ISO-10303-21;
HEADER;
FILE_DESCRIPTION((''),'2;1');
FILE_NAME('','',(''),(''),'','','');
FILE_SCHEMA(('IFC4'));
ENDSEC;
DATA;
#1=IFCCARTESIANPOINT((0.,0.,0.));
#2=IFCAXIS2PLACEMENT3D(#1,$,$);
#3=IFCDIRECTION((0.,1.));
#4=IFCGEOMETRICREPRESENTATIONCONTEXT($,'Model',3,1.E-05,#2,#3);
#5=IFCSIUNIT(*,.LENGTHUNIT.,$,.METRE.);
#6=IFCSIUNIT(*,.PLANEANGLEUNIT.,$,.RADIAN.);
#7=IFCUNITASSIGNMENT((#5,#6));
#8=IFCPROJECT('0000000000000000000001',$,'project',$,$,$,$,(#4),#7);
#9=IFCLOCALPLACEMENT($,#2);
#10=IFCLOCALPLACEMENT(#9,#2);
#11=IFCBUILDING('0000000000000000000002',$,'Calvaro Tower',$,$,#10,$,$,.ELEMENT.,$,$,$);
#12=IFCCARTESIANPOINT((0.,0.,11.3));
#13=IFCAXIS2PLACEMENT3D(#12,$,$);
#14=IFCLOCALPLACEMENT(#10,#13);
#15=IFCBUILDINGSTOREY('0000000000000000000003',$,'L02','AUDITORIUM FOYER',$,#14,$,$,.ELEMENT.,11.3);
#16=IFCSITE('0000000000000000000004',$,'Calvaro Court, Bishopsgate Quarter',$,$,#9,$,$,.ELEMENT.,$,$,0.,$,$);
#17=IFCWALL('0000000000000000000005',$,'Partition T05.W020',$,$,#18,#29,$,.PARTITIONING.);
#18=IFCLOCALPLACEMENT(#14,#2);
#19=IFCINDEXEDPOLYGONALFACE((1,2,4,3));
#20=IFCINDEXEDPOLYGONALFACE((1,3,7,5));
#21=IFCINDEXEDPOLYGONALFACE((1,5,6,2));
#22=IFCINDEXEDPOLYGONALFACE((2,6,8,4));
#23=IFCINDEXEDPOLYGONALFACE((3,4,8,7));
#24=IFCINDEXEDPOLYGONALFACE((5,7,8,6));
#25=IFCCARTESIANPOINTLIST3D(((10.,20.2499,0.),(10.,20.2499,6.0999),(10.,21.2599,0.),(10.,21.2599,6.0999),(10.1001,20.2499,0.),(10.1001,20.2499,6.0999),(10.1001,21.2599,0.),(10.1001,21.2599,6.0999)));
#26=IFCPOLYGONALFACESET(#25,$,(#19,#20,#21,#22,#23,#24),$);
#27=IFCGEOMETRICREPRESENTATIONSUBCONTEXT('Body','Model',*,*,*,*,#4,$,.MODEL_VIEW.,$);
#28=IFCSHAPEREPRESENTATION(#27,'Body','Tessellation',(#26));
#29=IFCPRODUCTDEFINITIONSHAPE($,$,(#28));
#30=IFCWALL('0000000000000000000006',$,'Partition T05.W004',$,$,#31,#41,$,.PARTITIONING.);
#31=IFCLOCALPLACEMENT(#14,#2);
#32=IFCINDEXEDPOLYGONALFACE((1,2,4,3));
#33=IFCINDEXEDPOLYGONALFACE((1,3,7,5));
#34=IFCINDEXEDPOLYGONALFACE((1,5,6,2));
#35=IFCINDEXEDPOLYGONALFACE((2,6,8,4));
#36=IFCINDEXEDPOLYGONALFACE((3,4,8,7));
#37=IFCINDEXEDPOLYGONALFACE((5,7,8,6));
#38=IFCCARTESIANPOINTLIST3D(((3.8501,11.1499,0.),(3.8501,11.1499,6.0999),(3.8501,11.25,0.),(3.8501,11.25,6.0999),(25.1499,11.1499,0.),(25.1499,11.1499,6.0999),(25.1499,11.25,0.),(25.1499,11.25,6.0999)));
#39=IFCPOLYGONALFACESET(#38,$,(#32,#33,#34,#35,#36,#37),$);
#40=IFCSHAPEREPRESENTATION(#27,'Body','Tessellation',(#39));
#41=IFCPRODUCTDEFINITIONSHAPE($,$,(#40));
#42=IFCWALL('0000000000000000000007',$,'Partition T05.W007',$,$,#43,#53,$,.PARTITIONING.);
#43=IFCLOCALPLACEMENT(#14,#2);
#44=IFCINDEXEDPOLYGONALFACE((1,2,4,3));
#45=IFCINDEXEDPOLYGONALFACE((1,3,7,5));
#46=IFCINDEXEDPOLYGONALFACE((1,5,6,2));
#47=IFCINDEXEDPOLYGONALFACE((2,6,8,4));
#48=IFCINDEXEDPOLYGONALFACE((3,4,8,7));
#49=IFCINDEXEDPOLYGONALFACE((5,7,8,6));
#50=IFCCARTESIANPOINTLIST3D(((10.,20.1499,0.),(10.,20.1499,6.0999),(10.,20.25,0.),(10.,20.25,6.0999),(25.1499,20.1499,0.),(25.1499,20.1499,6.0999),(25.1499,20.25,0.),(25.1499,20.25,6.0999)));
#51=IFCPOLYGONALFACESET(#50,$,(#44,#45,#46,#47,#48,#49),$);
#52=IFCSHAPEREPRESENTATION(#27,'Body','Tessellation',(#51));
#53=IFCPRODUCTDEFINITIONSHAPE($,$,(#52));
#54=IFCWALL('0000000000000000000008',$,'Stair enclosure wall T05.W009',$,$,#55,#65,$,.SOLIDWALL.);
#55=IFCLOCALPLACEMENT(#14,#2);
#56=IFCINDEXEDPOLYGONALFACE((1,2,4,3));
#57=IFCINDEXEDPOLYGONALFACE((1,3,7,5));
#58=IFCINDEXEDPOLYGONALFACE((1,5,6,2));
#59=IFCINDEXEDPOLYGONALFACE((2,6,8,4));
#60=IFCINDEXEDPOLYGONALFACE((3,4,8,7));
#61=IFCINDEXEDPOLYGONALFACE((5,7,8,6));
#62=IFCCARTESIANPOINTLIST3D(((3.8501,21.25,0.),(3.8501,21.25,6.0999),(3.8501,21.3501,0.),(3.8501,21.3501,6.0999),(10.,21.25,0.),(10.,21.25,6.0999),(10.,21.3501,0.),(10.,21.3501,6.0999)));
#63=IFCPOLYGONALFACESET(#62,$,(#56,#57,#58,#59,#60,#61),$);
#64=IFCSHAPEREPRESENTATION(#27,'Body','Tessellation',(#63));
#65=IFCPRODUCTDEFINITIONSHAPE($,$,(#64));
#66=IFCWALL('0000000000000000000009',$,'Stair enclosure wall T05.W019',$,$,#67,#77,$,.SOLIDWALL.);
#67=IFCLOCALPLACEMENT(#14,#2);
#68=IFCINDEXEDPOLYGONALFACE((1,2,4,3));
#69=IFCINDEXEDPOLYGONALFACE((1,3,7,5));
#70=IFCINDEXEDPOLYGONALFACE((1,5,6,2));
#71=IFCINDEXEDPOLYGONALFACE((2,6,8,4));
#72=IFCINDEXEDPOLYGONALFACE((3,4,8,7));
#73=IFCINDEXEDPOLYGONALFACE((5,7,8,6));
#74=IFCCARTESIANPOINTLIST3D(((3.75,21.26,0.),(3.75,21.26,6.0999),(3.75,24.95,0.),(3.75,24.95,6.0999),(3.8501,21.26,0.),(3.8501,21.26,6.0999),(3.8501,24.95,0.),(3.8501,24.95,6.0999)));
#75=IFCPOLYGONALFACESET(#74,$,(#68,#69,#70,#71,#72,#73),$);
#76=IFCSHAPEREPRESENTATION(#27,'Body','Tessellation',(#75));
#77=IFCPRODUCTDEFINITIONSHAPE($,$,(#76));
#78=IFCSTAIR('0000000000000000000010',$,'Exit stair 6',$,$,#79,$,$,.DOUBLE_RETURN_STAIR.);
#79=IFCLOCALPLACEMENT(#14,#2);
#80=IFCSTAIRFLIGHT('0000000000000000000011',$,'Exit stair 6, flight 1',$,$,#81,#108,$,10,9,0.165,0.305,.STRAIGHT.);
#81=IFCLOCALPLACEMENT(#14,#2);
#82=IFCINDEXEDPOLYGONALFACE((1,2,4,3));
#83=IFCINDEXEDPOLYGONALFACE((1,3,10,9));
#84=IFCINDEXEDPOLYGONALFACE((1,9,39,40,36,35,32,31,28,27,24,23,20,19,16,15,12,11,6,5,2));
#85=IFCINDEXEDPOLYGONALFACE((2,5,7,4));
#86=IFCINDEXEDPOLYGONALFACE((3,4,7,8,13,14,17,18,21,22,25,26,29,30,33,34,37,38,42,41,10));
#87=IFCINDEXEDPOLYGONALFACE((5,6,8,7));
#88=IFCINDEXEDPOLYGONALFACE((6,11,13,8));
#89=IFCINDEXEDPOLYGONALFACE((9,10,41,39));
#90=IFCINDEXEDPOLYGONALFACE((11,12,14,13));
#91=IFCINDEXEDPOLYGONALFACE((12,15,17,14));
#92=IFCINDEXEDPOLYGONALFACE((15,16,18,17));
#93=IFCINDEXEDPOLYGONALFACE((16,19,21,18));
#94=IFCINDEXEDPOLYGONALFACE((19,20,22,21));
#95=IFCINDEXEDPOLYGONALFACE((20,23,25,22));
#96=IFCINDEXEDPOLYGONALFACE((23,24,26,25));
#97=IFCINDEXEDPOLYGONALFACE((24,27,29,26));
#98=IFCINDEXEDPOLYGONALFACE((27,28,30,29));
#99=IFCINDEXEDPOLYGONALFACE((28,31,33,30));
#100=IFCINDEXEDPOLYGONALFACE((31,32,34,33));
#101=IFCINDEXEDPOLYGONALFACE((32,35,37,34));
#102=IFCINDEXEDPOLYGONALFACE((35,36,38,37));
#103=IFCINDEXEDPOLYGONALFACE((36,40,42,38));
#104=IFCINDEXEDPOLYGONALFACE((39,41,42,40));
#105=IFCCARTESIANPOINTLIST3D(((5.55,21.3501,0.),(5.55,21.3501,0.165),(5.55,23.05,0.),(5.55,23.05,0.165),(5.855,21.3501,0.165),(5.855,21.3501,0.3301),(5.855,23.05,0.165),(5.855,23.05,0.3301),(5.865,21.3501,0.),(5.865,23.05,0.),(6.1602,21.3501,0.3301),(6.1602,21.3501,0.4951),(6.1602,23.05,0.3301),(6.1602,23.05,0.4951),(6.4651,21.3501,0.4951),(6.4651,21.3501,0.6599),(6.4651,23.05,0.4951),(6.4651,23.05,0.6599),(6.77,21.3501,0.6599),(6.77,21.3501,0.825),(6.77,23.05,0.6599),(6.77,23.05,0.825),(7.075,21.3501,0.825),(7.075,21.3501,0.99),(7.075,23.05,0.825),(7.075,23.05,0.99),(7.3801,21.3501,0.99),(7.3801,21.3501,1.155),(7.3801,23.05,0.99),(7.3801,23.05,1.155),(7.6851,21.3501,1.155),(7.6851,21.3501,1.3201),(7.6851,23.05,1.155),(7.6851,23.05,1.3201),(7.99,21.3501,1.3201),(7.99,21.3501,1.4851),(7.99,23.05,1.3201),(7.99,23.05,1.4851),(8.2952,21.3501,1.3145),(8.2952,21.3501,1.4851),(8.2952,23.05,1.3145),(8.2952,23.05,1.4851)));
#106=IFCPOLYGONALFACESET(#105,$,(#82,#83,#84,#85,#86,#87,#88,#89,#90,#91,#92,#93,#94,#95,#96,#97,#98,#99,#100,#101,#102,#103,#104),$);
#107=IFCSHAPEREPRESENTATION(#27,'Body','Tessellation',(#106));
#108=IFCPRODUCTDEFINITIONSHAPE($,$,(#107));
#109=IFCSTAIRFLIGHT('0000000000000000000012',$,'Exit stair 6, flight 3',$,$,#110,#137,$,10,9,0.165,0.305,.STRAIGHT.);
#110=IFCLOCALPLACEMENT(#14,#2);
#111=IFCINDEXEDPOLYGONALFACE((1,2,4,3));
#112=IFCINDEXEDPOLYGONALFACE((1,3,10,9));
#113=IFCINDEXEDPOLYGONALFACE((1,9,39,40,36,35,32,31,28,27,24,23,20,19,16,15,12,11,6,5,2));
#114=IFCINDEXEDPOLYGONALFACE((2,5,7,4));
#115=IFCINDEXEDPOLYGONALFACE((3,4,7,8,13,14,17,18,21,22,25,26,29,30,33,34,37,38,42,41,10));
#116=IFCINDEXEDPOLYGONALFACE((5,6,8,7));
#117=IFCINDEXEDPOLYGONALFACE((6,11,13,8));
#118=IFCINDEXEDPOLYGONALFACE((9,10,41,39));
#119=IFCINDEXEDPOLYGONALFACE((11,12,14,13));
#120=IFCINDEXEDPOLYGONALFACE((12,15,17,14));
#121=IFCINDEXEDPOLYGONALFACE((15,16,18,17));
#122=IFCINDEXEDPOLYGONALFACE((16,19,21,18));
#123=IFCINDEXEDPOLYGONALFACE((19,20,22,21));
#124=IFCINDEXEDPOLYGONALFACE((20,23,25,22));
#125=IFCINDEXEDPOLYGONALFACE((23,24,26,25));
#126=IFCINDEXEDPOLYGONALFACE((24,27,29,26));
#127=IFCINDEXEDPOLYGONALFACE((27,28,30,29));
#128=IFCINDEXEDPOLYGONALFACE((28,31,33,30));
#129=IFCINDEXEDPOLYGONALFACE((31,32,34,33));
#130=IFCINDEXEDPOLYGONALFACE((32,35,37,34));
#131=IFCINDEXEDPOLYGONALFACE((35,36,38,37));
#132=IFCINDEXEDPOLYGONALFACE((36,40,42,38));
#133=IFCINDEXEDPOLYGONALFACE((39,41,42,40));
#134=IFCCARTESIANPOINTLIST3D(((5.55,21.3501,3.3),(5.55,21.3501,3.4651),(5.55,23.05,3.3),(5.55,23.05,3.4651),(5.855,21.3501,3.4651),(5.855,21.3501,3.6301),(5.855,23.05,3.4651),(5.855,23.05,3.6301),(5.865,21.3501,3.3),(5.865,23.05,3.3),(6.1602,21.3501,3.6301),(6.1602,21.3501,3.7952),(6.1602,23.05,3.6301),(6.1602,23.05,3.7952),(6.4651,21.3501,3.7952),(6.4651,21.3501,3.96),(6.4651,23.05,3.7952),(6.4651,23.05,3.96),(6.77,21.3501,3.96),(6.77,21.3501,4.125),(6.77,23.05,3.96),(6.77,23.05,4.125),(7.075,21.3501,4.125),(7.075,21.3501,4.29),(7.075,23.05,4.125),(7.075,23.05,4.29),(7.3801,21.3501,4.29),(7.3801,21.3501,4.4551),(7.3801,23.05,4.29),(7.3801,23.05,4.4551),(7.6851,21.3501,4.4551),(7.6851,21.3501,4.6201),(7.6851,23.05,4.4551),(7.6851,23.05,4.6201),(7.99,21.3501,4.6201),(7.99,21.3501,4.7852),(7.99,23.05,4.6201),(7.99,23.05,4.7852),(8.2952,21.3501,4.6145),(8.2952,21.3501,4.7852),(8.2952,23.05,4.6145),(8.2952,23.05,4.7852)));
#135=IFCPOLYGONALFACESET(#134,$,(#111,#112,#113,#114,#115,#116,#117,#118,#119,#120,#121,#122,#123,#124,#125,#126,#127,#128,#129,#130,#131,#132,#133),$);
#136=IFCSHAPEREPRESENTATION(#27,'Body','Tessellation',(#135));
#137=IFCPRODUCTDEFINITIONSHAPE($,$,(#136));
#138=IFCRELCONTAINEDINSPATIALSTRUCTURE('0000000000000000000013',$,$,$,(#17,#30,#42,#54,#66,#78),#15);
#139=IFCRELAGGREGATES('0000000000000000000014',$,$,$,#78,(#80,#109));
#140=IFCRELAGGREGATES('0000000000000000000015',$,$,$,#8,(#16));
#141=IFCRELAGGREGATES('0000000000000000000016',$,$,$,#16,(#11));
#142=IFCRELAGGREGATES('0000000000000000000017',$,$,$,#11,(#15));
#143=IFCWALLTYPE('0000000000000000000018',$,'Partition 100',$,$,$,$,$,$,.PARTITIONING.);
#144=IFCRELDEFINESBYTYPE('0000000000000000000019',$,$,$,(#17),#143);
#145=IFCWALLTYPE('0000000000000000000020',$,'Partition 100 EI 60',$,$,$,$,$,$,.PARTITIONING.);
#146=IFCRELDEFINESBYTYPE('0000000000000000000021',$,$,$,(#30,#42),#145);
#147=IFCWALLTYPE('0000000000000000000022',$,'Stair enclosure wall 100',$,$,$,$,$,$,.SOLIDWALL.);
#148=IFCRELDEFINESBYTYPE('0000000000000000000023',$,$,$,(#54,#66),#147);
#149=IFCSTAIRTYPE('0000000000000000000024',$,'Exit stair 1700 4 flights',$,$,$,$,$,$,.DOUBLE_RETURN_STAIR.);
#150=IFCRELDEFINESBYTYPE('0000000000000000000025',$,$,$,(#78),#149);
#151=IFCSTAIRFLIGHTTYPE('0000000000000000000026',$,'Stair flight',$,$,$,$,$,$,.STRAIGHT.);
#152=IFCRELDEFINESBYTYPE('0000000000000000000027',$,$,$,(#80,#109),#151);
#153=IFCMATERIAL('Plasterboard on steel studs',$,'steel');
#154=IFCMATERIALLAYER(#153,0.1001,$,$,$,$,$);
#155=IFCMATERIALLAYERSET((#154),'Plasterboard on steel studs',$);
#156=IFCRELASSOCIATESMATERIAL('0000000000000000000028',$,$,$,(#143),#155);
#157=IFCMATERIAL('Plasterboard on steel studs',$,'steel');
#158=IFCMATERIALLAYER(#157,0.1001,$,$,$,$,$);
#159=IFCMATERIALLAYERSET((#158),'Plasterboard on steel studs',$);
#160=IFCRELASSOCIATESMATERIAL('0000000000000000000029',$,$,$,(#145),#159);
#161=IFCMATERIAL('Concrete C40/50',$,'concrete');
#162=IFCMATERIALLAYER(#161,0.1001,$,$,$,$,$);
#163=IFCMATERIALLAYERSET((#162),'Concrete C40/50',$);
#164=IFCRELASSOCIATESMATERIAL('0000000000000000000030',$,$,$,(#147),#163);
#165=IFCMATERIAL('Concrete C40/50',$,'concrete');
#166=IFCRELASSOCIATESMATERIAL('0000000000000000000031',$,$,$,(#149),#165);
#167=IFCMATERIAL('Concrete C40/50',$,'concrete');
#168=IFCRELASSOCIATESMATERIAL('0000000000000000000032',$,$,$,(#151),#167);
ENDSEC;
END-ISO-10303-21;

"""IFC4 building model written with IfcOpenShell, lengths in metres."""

from ifc_helpers import new_model, si_unit, direction, frame, frame_2d, origin, place, context, subcontext, project, spatial, polyline, rectangle, outline, extrude, material, layer, layer_set, type_object, element, aggregate, save


model = new_model("IFC4")

# Units and contexts
model_context = context("Model", 3, precision=1e-05, world=origin(), true_north=direction((0.0, 1.0)))
body_context = subcontext(model_context, "Body", "Model", "MODEL_VIEW")
ifc_project = project(units=[si_unit("LENGTHUNIT", "METRE"), si_unit("PLANEANGLEUNIT", "RADIAN")], contexts=[model_context])

# Site, building, storey
site_placement = place(None, origin())
site = spatial("IfcSite", under=ifc_project, at=site_placement, Name="Calvaro Court, Bishopsgate Quarter", CompositionType="ELEMENT", RefElevation=0.0)
building_placement = place(site_placement, origin())
building = spatial("IfcBuilding", under=site, at=building_placement, Name="Calvaro Tower", CompositionType="ELEMENT")
storey_placement = place(building_placement, frame((0.0, 0.0, 11.3)))
storey = spatial("IfcBuildingStorey", under=building, at=storey_placement, Name="L02", Description="AUDITORIUM FOYER", CompositionType="ELEMENT", Elevation=11.3)

# Walls
ifc_material_1 = material(Name="Plasterboard on steel studs", Category="steel")
ifc_layer_1 = layer(ifc_material_1, 0.1001)
ifc_layer_set_1 = layer_set([ifc_layer_1], Name="Plasterboard on steel studs")
wall_type_1 = type_object("IfcWallType", Name="Partition 100", PredefinedType="PARTITIONING", material=ifc_layer_set_1)
wall_1_placement = place(storey_placement, frame((10.05, 20.25, 0.0), z_axis=(0.0, 0.0, 1.0), x_axis=(0.0, 1.0, 0.0)))
element("IfcWall", 1, at=wall_1_placement, inside=storey, type_object=wall_type_1, Name="Partition T05.W020", PredefinedType="PARTITIONING", context=body_context, shape_type="SweptSolid", body=[
    extrude(rectangle(XDim=1.01, YDim=0.1001, at=frame_2d((0.5049, 0.0))), origin(), (0.0, 0.0, 1.0), 6.0999),
])
ifc_material_2 = material(Name="Plasterboard on steel studs", Category="steel")
ifc_layer_2 = layer(ifc_material_2, 0.1001)
ifc_layer_set_2 = layer_set([ifc_layer_2], Name="Plasterboard on steel studs")
wall_type_2 = type_object("IfcWallType", Name="Partition 100 EI 60", PredefinedType="PARTITIONING", material=ifc_layer_set_2)
wall_2_placement = place(storey_placement, frame((3.8501, 11.2, 0.0), z_axis=(0.0, 0.0, 1.0), x_axis=(1.0, 0.0, 0.0)))
element("IfcWall", 2, at=wall_2_placement, inside=storey, type_object=wall_type_2, Name="Partition T05.W004", PredefinedType="PARTITIONING", context=body_context, shape_type="SweptSolid", body=[
    extrude(rectangle(XDim=21.2998, YDim=0.1001, at=frame_2d((10.6499, 0.0))), origin(), (0.0, 0.0, 1.0), 6.0999),
])
wall_3_placement = place(storey_placement, frame((10.0, 20.2, 0.0), z_axis=(0.0, 0.0, 1.0), x_axis=(1.0, 0.0, 0.0)))
element("IfcWall", 3, at=wall_3_placement, inside=storey, type_object=wall_type_2, Name="Partition T05.W007", PredefinedType="PARTITIONING", context=body_context, shape_type="SweptSolid", body=[
    extrude(rectangle(XDim=15.1499, YDim=0.1001, at=frame_2d((7.575, 0.0))), origin(), (0.0, 0.0, 1.0), 6.0999),
])
ifc_material_3 = material(Name="Concrete C40/50", Category="concrete")
ifc_layer_3 = layer(ifc_material_3, 0.1001)
ifc_layer_set_3 = layer_set([ifc_layer_3], Name="Concrete C40/50")
wall_type_3 = type_object("IfcWallType", Name="Stair enclosure wall 100", PredefinedType="SOLIDWALL", material=ifc_layer_set_3)
wall_4_placement = place(storey_placement, frame((3.8501, 21.3, 0.0), z_axis=(0.0, 0.0, 1.0), x_axis=(1.0, 0.0, 0.0)))
element("IfcWall", 4, at=wall_4_placement, inside=storey, type_object=wall_type_3, Name="Stair enclosure wall T05.W009", PredefinedType="SOLIDWALL", context=body_context, shape_type="SweptSolid", body=[
    extrude(rectangle(XDim=6.1499, YDim=0.1001, at=frame_2d((3.075, 0.0))), origin(), (0.0, 0.0, 1.0), 6.0999),
])
wall_5_placement = place(storey_placement, frame((3.8, 21.26, 0.0), z_axis=(0.0, 0.0, 1.0), x_axis=(0.0, 1.0, 0.0)))
element("IfcWall", 5, at=wall_5_placement, inside=storey, type_object=wall_type_3, Name="Stair enclosure wall T05.W019", PredefinedType="SOLIDWALL", context=body_context, shape_type="SweptSolid", body=[
    extrude(rectangle(XDim=3.6899, YDim=0.1001, at=frame_2d((1.845, 0.0))), origin(), (0.0, 0.0, 1.0), 6.0999),
])

# Stair, stair flights
ifc_material_4 = material(Name="Concrete C40/50", Category="concrete")
stair_type = type_object("IfcStairType", Name="Exit stair 1700 4 flights", PredefinedType="DOUBLE_RETURN_STAIR", material=ifc_material_4)
stair_placement = place(storey_placement, origin())
stair = element("IfcStair", 6, at=stair_placement, inside=storey, type_object=stair_type, Name="Exit stair 6", PredefinedType="DOUBLE_RETURN_STAIR")
ifc_material_5 = material(Name="Concrete C40/50", Category="concrete")
stair_flight_type = type_object("IfcStairFlightType", Name="Stair flight", PredefinedType="STRAIGHT", material=ifc_material_5)
stair_flight_1_placement = place(storey_placement, frame((5.55, 22.2, 0.0), z_axis=(0.0, 0.0, 1.0), x_axis=(1.0, 0.0, 0.0)))
stair_flight_1 = element("IfcStairFlight", 7, at=stair_flight_1_placement, type_object=stair_flight_type, Name="Exit stair 6, flight 1", NumberOfRisers=10, NumberOfTreads=9, PredefinedType="STRAIGHT", RiserHeight=0.165, TreadLength=0.305, context=body_context, shape_type="SweptSolid", body=[
    extrude(outline(polyline([(0.0, 0.0), (0.0, 0.165), (0.3049, 0.165), (0.3049, 0.3301), (0.6101, 0.3301), (0.6101, 0.4951), (0.915, 0.4951), (0.915, 0.6599), (1.22, 0.6599), (1.22, 0.825), (1.5249, 0.825), (1.5249, 0.99), (1.8301, 0.99), (1.8301, 1.155), (2.135, 1.155), (2.135, 1.3201), (2.4399, 1.3201), (2.4399, 1.4851), (2.7451, 1.4851), (2.7451, 1.6499), (2.7451, 1.3145), (0.3149, 0.0), (0.0, 0.0)])), frame((0.0, 0.8501, 0.0), z_axis=(0.0, -1.0, 0.0), x_axis=(1.0, 0.0, 0.0)), (0.0, 0.0, 1.0), 1.7),
])
stair_flight_2_placement = place(storey_placement, frame((5.55, 22.2, 3.3), z_axis=(0.0, 0.0, 1.0), x_axis=(1.0, 0.0, 0.0)))
stair_flight_2 = element("IfcStairFlight", 8, at=stair_flight_2_placement, type_object=stair_flight_type, Name="Exit stair 6, flight 3", NumberOfRisers=10, NumberOfTreads=9, PredefinedType="STRAIGHT", RiserHeight=0.165, TreadLength=0.305, context=body_context, shape_type="SweptSolid", body=[
    extrude(outline(polyline([(0.0, 0.0), (0.0, 0.165), (0.3049, 0.165), (0.3049, 0.3301), (0.6101, 0.3301), (0.6101, 0.4951), (0.915, 0.4951), (0.915, 0.6599), (1.22, 0.6599), (1.22, 0.825), (1.5249, 0.825), (1.5249, 0.99), (1.8301, 0.99), (1.8301, 1.155), (2.135, 1.155), (2.135, 1.3201), (2.4399, 1.3201), (2.4399, 1.4851), (2.7451, 1.4851), (2.7451, 1.6499), (2.7451, 1.3145), (0.3149, 0.0), (0.0, 0.0)])), frame((0.0, 0.8501, 0.0), z_axis=(0.0, -1.0, 0.0), x_axis=(1.0, 0.0, 0.0)), (0.0, 0.0, 1.0), 1.7),
])
aggregate(stair, [stair_flight_1, stair_flight_2])

save(model, "model.ifc")
